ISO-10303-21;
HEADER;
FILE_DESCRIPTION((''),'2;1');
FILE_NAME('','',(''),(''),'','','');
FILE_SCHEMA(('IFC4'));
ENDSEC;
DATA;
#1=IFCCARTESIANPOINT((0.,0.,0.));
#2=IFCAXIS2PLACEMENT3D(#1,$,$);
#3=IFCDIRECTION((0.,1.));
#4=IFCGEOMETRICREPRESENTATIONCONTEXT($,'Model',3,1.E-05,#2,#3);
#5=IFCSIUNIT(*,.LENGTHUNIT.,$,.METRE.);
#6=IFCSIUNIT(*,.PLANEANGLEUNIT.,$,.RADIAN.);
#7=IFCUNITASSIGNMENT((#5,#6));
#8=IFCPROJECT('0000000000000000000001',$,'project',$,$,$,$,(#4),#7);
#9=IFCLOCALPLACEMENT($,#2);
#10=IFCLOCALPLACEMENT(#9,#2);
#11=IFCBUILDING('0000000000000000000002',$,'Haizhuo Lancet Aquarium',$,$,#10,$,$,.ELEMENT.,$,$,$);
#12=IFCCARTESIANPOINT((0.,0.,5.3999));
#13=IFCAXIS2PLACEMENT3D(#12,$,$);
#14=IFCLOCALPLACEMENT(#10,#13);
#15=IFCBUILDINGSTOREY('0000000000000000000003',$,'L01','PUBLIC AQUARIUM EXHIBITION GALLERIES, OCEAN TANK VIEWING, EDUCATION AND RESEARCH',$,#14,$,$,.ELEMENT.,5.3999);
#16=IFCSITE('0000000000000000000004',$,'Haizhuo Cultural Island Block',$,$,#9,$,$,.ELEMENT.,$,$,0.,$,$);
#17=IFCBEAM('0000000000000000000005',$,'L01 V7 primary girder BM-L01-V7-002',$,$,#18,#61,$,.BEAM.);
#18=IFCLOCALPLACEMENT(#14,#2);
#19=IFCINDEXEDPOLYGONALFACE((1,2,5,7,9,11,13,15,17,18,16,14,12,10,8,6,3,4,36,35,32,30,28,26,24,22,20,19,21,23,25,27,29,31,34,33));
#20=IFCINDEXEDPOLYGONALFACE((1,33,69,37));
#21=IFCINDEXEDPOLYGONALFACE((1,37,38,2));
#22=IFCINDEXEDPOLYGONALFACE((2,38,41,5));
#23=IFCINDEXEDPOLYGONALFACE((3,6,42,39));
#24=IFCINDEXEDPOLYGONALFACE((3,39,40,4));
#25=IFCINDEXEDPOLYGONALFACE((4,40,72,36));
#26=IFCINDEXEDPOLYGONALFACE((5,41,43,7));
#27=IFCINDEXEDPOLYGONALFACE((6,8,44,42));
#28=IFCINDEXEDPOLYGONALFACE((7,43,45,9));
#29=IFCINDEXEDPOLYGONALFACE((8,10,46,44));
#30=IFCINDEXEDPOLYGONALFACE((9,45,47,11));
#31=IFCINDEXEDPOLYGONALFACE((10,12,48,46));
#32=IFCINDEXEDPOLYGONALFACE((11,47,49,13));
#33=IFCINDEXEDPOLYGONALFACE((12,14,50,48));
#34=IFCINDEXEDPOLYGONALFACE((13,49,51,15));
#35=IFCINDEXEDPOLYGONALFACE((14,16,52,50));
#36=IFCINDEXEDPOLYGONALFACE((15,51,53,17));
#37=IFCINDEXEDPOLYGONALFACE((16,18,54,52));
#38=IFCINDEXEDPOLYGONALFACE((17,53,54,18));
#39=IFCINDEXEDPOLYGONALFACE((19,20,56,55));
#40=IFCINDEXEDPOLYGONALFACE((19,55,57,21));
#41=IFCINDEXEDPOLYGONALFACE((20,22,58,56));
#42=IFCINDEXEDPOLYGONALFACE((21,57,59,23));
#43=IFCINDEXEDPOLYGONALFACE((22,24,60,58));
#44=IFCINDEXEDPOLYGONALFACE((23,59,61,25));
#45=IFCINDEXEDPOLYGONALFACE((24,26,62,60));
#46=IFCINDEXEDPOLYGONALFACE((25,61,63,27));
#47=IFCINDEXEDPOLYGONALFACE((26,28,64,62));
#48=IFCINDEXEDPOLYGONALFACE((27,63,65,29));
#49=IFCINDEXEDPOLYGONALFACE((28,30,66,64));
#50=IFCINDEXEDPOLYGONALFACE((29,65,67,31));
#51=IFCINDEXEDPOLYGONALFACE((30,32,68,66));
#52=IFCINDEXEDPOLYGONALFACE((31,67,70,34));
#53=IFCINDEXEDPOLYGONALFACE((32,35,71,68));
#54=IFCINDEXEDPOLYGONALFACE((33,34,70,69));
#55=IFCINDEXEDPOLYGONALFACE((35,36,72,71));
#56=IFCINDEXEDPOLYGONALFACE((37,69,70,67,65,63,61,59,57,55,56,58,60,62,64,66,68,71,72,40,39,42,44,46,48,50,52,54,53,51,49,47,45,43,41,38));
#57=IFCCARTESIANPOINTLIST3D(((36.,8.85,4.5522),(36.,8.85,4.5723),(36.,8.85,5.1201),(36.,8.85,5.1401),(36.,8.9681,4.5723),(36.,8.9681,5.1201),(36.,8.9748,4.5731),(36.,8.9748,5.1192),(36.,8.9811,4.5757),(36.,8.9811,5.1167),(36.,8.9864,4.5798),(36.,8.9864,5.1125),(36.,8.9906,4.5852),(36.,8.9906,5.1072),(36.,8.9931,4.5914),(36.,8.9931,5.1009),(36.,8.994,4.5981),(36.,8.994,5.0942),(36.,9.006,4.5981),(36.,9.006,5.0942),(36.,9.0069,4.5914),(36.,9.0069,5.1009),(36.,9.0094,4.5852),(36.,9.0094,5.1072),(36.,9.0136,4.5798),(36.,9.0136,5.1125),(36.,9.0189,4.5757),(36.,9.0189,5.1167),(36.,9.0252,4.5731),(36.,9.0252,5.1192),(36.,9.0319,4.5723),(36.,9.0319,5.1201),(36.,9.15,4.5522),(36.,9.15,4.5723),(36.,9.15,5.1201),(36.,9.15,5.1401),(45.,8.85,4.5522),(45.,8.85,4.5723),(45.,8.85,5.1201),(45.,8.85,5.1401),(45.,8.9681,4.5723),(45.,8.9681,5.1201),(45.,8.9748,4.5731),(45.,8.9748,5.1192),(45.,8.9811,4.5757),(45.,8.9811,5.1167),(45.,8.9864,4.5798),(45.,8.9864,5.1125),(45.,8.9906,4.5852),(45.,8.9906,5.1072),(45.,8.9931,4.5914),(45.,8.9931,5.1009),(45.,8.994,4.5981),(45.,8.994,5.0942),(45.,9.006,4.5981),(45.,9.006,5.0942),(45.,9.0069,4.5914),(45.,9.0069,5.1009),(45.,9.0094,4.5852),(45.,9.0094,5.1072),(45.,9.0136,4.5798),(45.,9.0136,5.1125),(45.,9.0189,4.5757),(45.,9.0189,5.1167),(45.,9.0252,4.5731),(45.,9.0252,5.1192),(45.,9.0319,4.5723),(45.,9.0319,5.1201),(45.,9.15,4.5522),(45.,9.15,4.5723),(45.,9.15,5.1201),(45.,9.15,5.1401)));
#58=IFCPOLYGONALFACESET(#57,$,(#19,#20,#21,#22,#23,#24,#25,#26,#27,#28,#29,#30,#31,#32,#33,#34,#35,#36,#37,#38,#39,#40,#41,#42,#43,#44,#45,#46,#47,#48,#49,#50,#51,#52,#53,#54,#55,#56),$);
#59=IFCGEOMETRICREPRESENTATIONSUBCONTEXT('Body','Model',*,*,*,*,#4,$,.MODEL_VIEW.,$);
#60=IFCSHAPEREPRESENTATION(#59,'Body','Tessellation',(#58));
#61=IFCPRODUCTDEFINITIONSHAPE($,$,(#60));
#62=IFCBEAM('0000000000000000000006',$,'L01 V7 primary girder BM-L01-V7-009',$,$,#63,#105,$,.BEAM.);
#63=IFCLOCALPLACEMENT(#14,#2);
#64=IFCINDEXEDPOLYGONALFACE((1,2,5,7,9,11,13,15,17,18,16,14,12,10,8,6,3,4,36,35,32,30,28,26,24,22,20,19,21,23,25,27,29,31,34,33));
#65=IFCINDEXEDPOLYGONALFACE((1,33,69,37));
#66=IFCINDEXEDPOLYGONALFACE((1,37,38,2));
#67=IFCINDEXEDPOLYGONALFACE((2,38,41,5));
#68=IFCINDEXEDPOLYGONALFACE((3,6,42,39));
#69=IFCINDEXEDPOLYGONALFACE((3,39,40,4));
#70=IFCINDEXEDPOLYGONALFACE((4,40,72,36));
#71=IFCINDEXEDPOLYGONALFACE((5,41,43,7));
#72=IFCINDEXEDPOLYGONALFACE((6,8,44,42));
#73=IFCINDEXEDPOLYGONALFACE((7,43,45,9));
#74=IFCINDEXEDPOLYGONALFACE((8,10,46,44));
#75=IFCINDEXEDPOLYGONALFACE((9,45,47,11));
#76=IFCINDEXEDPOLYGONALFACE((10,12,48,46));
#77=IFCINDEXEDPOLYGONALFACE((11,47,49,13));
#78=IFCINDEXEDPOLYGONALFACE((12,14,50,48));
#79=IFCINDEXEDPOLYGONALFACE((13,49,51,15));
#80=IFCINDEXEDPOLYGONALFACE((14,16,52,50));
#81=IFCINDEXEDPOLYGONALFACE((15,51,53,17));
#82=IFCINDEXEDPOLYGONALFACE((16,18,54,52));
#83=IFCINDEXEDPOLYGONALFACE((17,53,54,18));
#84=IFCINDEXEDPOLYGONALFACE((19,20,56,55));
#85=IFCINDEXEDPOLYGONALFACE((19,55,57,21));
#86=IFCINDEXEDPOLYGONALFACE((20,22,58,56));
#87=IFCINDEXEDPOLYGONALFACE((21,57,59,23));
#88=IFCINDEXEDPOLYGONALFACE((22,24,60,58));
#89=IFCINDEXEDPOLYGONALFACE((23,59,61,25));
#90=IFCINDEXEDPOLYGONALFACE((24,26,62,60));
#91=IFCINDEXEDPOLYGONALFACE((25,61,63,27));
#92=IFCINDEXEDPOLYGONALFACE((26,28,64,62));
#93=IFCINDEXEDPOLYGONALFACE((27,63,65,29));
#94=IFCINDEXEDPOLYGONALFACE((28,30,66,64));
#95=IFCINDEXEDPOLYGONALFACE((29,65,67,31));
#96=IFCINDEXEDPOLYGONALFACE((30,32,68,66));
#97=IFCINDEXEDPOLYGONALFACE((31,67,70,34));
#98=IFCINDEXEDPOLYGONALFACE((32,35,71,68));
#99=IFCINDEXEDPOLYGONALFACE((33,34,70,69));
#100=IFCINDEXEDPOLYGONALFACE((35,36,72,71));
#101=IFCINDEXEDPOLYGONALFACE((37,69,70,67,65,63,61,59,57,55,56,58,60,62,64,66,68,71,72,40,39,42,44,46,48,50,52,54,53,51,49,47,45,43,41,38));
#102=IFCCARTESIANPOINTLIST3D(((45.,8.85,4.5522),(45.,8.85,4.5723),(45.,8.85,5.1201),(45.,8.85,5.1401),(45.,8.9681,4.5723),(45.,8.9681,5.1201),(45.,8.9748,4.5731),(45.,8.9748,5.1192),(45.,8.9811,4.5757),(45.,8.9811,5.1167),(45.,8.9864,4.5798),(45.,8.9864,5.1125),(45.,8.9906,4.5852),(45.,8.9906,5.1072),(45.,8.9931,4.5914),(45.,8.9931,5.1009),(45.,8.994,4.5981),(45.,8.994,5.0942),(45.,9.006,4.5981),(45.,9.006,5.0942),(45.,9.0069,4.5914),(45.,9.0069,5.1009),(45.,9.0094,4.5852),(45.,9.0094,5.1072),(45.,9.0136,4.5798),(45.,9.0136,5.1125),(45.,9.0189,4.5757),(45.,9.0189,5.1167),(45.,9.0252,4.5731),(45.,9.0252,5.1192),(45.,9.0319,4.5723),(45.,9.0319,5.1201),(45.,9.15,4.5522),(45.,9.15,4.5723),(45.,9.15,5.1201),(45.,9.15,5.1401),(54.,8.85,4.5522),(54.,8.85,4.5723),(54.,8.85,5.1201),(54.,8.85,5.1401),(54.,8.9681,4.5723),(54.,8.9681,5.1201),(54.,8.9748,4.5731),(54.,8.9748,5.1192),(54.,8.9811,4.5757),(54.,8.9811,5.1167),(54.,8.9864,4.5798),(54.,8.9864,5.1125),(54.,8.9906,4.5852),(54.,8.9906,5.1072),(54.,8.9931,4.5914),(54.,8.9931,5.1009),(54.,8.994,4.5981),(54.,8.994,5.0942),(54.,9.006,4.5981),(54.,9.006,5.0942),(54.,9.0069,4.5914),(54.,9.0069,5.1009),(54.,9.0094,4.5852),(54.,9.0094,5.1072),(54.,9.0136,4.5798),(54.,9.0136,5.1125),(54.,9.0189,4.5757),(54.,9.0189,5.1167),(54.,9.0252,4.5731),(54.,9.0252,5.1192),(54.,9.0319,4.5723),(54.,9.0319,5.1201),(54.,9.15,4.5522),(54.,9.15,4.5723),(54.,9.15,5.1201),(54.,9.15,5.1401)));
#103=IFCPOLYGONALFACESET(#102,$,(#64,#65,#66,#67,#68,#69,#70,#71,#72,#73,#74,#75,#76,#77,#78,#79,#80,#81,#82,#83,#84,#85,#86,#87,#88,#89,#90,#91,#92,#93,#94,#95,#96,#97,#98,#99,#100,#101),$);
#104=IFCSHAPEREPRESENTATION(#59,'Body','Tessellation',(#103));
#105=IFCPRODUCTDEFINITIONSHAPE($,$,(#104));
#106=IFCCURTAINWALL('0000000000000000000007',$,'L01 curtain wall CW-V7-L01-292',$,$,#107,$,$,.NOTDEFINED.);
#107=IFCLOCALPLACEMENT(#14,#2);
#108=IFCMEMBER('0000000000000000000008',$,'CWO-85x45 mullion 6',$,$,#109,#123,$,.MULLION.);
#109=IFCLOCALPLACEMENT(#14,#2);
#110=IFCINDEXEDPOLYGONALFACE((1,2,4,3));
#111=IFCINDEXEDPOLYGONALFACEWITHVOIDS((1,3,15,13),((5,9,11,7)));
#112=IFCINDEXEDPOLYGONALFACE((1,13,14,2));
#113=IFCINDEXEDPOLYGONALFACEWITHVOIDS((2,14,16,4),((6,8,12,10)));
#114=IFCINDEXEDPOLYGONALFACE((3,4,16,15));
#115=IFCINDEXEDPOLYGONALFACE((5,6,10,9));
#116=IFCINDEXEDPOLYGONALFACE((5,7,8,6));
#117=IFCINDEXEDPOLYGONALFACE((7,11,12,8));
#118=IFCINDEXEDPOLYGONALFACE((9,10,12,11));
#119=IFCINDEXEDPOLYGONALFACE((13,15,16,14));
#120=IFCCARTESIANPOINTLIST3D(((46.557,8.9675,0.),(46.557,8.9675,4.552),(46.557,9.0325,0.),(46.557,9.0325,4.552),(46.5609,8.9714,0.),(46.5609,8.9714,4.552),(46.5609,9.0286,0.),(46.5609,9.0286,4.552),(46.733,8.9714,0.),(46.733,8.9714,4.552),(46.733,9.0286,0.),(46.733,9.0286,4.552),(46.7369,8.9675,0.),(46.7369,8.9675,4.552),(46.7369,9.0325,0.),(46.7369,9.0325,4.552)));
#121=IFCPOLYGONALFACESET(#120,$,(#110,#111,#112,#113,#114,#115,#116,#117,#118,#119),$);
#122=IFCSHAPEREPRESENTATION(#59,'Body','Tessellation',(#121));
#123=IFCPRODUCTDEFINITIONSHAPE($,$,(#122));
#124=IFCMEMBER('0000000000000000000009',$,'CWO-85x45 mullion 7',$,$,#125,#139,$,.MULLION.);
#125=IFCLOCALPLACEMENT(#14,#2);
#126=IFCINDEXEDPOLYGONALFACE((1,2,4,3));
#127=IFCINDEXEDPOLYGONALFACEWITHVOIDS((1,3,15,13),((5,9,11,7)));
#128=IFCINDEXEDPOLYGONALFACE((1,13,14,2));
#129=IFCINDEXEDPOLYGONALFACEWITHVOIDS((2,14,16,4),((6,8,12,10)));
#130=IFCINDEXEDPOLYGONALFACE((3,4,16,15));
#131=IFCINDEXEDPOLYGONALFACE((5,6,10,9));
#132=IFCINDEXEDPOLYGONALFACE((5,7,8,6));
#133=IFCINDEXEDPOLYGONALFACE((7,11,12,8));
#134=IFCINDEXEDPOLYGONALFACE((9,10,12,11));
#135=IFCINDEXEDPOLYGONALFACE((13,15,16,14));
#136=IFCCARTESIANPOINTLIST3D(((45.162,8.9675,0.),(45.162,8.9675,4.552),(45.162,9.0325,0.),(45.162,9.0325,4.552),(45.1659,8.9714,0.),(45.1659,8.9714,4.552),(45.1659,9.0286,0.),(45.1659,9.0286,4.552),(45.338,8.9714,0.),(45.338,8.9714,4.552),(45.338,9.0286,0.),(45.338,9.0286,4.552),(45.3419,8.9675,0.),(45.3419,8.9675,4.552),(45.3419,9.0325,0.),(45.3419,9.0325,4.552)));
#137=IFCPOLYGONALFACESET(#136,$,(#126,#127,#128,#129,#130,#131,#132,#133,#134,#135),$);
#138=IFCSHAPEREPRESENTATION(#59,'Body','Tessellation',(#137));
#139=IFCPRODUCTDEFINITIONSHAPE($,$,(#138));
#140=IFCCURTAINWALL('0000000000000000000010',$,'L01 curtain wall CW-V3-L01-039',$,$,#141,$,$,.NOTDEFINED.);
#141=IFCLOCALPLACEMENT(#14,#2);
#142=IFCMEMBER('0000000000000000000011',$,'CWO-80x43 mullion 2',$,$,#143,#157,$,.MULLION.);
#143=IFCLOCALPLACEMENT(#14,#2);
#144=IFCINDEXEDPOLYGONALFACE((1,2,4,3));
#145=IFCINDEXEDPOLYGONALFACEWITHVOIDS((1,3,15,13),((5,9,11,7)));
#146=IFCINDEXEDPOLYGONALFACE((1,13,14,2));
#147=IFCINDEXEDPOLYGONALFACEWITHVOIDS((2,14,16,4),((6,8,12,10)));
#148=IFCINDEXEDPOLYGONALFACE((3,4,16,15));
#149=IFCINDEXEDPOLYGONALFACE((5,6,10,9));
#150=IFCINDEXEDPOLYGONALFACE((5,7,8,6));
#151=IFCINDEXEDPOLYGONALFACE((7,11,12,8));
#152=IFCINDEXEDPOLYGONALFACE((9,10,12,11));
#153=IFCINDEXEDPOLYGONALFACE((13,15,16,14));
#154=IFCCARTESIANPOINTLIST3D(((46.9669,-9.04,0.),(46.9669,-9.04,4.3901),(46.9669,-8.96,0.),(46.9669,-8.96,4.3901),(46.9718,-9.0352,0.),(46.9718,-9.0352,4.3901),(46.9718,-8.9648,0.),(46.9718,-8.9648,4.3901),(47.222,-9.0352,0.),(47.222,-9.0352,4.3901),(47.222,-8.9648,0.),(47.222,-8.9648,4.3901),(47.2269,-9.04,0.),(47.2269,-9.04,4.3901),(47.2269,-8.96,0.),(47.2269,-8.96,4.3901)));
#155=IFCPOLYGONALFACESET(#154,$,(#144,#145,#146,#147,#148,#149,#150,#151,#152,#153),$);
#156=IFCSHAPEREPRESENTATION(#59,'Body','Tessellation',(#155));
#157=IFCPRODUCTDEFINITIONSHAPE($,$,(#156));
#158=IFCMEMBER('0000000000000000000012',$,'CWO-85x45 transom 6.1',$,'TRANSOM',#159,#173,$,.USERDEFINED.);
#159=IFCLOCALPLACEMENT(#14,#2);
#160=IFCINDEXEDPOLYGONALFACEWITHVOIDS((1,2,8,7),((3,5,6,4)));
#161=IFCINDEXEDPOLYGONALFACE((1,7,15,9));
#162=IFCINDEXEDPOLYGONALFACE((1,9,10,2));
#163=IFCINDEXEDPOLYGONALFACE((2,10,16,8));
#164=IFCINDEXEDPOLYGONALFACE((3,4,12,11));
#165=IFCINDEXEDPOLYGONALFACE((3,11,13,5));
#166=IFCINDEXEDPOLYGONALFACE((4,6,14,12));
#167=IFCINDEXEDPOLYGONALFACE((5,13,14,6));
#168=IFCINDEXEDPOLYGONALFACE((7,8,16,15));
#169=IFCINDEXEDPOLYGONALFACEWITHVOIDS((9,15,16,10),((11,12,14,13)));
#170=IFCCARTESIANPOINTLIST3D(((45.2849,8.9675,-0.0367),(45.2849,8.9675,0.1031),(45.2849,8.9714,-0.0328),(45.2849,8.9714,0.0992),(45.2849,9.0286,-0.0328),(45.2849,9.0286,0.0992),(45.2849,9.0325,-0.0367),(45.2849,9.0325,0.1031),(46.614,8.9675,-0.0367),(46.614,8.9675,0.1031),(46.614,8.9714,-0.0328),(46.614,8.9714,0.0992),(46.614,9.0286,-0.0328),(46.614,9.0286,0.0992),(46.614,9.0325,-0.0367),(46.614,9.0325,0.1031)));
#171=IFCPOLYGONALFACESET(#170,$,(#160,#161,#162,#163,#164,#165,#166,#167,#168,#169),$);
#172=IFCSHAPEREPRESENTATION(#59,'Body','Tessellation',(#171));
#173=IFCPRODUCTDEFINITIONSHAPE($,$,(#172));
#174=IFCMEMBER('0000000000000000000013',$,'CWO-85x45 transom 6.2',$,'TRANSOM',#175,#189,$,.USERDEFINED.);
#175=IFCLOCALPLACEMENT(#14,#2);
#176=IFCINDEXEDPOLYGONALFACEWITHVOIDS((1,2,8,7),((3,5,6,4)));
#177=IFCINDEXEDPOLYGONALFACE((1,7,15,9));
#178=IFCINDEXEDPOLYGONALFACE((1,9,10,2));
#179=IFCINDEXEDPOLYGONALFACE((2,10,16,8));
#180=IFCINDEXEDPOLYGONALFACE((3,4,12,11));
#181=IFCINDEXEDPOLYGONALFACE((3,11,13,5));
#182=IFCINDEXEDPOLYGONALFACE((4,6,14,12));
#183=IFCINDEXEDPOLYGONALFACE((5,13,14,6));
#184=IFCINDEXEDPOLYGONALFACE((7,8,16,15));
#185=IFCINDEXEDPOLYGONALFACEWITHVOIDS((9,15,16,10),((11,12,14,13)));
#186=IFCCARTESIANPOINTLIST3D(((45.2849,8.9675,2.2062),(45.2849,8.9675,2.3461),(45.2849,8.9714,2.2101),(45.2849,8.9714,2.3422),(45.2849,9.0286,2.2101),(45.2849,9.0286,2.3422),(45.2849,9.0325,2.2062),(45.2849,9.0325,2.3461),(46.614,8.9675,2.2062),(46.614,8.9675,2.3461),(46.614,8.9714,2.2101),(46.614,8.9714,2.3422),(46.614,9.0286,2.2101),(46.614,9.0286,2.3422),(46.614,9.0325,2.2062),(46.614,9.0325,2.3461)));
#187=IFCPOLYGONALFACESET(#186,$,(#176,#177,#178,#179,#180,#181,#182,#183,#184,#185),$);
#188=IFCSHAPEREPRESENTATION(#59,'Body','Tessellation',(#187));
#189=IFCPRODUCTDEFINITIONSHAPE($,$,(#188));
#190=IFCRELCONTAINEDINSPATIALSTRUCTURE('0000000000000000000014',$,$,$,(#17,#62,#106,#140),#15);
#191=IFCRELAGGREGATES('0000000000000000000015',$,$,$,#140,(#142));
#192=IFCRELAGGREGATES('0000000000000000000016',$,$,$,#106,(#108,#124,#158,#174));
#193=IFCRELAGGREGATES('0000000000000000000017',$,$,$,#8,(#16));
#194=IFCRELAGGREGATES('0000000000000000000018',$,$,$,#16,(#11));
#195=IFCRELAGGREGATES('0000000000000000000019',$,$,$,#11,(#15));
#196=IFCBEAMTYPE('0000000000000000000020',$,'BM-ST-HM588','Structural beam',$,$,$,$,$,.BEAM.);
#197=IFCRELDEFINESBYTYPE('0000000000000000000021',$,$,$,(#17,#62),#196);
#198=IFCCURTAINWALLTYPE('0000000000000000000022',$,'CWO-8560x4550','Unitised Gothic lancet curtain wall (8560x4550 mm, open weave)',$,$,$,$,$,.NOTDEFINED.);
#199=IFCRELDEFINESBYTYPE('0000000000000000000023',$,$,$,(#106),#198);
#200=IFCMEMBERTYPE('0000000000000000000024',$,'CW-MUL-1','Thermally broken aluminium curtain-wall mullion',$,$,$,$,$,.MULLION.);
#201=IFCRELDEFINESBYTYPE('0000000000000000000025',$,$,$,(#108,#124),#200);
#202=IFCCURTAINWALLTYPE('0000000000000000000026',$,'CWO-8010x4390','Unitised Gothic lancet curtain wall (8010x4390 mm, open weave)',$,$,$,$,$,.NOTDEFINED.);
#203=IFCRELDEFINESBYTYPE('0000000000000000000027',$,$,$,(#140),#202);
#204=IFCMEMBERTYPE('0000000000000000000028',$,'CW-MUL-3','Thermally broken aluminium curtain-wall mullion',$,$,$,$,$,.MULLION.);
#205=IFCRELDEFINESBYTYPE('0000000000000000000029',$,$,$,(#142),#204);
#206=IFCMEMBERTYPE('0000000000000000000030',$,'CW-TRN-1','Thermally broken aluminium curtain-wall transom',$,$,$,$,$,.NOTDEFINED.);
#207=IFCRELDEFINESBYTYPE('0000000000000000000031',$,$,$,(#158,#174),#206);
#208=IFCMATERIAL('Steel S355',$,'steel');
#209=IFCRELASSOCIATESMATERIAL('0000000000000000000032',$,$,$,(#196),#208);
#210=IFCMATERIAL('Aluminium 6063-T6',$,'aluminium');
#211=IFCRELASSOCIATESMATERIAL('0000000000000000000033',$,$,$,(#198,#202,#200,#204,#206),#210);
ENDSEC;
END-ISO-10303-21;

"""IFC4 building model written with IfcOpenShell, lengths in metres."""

from ifc_helpers import new_model, si_unit, direction, frame, origin, origin_2d, place, context, subcontext, project, spatial, hollow_rectangle, i_section, extrude, material, material_profile, profile_set, type_object, element, aggregate, save


model = new_model("IFC4")

# Units and contexts
model_context = context("Model", 3, precision=1e-05, world=origin(), true_north=direction((0.0, 1.0)))
body_context = subcontext(model_context, "Body", "Model", "MODEL_VIEW")
ifc_project = project(units=[si_unit("LENGTHUNIT", "METRE"), si_unit("PLANEANGLEUNIT", "RADIAN")], contexts=[model_context])

# Site, building, storey
site_placement = place(None, origin())
site = spatial("IfcSite", under=ifc_project, at=site_placement, Name="Haizhuo Cultural Island Block", CompositionType="ELEMENT", RefElevation=0.0)
building_placement = place(site_placement, origin())
building = spatial("IfcBuilding", under=site, at=building_placement, Name="Haizhuo Lancet Aquarium", CompositionType="ELEMENT")
storey_placement = place(building_placement, frame((0.0, 0.0, 5.3999)))
storey = spatial("IfcBuildingStorey", under=building, at=storey_placement, Name="L01", Description="PUBLIC AQUARIUM EXHIBITION GALLERIES, OCEAN TANK VIEWING, EDUCATION AND RESEARCH", CompositionType="ELEMENT", Elevation=5.3999)

# Shared definitions
ifc_material_1 = material(Name="Steel S355", Category="steel")

# Beams
ifc_material_profile_1 = material_profile(ifc_material_1, i_section(OverallWidth=0.3, OverallDepth=0.5879, WebThickness=0.012, FlangeThickness=0.02, FilletRadius=0.0259, at=origin_2d()), Name="HM 588x300x12x20")
ifc_profile_set_1 = profile_set([ifc_material_profile_1], Name="Steel S355")
beam_type_1 = type_object("IfcBeamType", Name="BM-ST-HM588", Description="Structural beam", PredefinedType="BEAM", material=ifc_profile_set_1)
for number, where, z_axis, x_axis, name in (
    (1, (36.0, 9.0, 4.8462), (1.0, 0.0, 0.0), (0.0, 1.0, 0.0), "L01 V7 primary girder BM-L01-V7-002"),
    (2, (45.0, 9.0, 4.8462), (1.0, 0.0, 0.0), (0.0, 1.0, 0.0), "L01 V7 primary girder BM-L01-V7-009"),
):
    element("IfcBeam", number, at=place(storey_placement, frame(where, z_axis=z_axis, x_axis=x_axis)), inside=storey, type_object=beam_type_1, Name=name, PredefinedType="BEAM", context=body_context, shape_type="SweptSolid", body=[
        extrude(i_section(OverallWidth=0.3, OverallDepth=0.5879, WebThickness=0.012, FlangeThickness=0.02, FilletRadius=0.0259, at=origin_2d()), origin(), (0.0, 0.0, 1.0), 9.0),
    ])

# Curtain wall, members
ifc_material_2 = material(Name="Aluminium 6063-T6", Category="aluminium")
curtain_wall_type_1 = type_object("IfcCurtainWallType", Name="CWO-8560x4550", Description="Unitised Gothic lancet curtain wall (8560x4550 mm, open weave)", PredefinedType="NOTDEFINED", material=ifc_material_2)
curtain_wall_1_placement = place(storey_placement, origin())
curtain_wall_1 = element("IfcCurtainWall", 3, at=curtain_wall_1_placement, inside=storey, type_object=curtain_wall_type_1, Name="L01 curtain wall CW-V7-L01-292", PredefinedType="NOTDEFINED")
ifc_material_profile_2 = material_profile(ifc_material_2, hollow_rectangle(XDim=0.0649, YDim=0.1799, WallThickness=0.0039, at=origin_2d()), Name="ALU-M 65x180x4")
ifc_profile_set_2 = profile_set([ifc_material_profile_2], Name="Aluminium 6063-T6")
member_type_1 = type_object("IfcMemberType", Name="CW-MUL-1", Description="Thermally broken aluminium curtain-wall mullion", PredefinedType="MULLION", material=ifc_profile_set_2)
member_1_placement = place(storey_placement, frame((46.647, 9.0, 0.0), z_axis=(0.0, 0.0, 1.0), x_axis=(0.0, -1.0, 0.0)))
member_1 = element("IfcMember", 4, at=member_1_placement, type_object=member_type_1, Name="CWO-85x45 mullion 6", PredefinedType="MULLION", context=body_context, shape_type="SweptSolid", body=[
    extrude(hollow_rectangle(XDim=0.0649, YDim=0.1799, WallThickness=0.0039, at=origin_2d()), origin(), (0.0, 0.0, 1.0), 4.552),
])
member_2_placement = place(storey_placement, frame((45.252, 9.0, 0.0), z_axis=(0.0, 0.0, 1.0), x_axis=(0.0, -1.0, 0.0)))
member_2 = element("IfcMember", 5, at=member_2_placement, type_object=member_type_1, Name="CWO-85x45 mullion 7", PredefinedType="MULLION", context=body_context, shape_type="SweptSolid", body=[
    extrude(hollow_rectangle(XDim=0.0649, YDim=0.1799, WallThickness=0.0039, at=origin_2d()), origin(), (0.0, 0.0, 1.0), 4.552),
])

# Curtain wall, member
curtain_wall_type_2 = type_object("IfcCurtainWallType", Name="CWO-8010x4390", Description="Unitised Gothic lancet curtain wall (8010x4390 mm, open weave)", PredefinedType="NOTDEFINED", material=ifc_material_2)
curtain_wall_2_placement = place(storey_placement, origin())
curtain_wall_2 = element("IfcCurtainWall", 6, at=curtain_wall_2_placement, inside=storey, type_object=curtain_wall_type_2, Name="L01 curtain wall CW-V3-L01-039", PredefinedType="NOTDEFINED")
ifc_material_profile_3 = material_profile(ifc_material_2, hollow_rectangle(XDim=0.0801, YDim=0.26, WallThickness=0.0049, at=origin_2d()), Name="ALU-M 80x260x5")
ifc_profile_set_3 = profile_set([ifc_material_profile_3], Name="Aluminium 6063-T6")
member_type_2 = type_object("IfcMemberType", Name="CW-MUL-3", Description="Thermally broken aluminium curtain-wall mullion", PredefinedType="MULLION", material=ifc_profile_set_3)
member_3_placement = place(storey_placement, frame((47.0969, -9.0, 0.0), z_axis=(0.0, 0.0, 1.0), x_axis=(0.0, 1.0, 0.0)))
member_3 = element("IfcMember", 7, at=member_3_placement, type_object=member_type_2, Name="CWO-80x43 mullion 2", PredefinedType="MULLION", context=body_context, shape_type="SweptSolid", body=[
    extrude(hollow_rectangle(XDim=0.0801, YDim=0.26, WallThickness=0.0049, at=origin_2d()), origin(), (0.0, 0.0, 1.0), 4.3901),
])

# Members
ifc_material_profile_4 = material_profile(ifc_material_2, hollow_rectangle(XDim=0.0649, YDim=0.1399, WallThickness=0.0039, at=origin_2d()), Name="ALU-T 65x140x4")
ifc_profile_set_4 = profile_set([ifc_material_profile_4], Name="Aluminium 6063-T6")
member_type_3 = type_object("IfcMemberType", Name="CW-TRN-1", Description="Thermally broken aluminium curtain-wall transom", PredefinedType="NOTDEFINED", material=ifc_profile_set_4)
member_4_placement = place(storey_placement, frame((46.614, 9.0, 0.0332), z_axis=(-1.0, 0.0, 0.0), x_axis=(0.0, -1.0, 0.0)))
member_4 = element("IfcMember", 8, at=member_4_placement, type_object=member_type_3, Name="CWO-85x45 transom 6.1", ObjectType="TRANSOM", PredefinedType="USERDEFINED", context=body_context, shape_type="SweptSolid", body=[
    extrude(hollow_rectangle(XDim=0.0649, YDim=0.1399, WallThickness=0.0039, at=origin_2d()), origin(), (0.0, 0.0, 1.0), 1.3291),
])
member_5_placement = place(storey_placement, frame((46.614, 9.0, 2.2761), z_axis=(-1.0, 0.0, 0.0), x_axis=(0.0, -1.0, 0.0)))
member_5 = element("IfcMember", 9, at=member_5_placement, type_object=member_type_3, Name="CWO-85x45 transom 6.2", ObjectType="TRANSOM", PredefinedType="USERDEFINED", context=body_context, shape_type="SweptSolid", body=[
    extrude(hollow_rectangle(XDim=0.0649, YDim=0.1399, WallThickness=0.0039, at=origin_2d()), origin(), (0.0, 0.0, 1.0), 1.3291),
])
aggregate(curtain_wall_2, [member_3])

aggregate(curtain_wall_1, [member_1, member_2, member_4, member_5])

save(model, "model.ifc")
